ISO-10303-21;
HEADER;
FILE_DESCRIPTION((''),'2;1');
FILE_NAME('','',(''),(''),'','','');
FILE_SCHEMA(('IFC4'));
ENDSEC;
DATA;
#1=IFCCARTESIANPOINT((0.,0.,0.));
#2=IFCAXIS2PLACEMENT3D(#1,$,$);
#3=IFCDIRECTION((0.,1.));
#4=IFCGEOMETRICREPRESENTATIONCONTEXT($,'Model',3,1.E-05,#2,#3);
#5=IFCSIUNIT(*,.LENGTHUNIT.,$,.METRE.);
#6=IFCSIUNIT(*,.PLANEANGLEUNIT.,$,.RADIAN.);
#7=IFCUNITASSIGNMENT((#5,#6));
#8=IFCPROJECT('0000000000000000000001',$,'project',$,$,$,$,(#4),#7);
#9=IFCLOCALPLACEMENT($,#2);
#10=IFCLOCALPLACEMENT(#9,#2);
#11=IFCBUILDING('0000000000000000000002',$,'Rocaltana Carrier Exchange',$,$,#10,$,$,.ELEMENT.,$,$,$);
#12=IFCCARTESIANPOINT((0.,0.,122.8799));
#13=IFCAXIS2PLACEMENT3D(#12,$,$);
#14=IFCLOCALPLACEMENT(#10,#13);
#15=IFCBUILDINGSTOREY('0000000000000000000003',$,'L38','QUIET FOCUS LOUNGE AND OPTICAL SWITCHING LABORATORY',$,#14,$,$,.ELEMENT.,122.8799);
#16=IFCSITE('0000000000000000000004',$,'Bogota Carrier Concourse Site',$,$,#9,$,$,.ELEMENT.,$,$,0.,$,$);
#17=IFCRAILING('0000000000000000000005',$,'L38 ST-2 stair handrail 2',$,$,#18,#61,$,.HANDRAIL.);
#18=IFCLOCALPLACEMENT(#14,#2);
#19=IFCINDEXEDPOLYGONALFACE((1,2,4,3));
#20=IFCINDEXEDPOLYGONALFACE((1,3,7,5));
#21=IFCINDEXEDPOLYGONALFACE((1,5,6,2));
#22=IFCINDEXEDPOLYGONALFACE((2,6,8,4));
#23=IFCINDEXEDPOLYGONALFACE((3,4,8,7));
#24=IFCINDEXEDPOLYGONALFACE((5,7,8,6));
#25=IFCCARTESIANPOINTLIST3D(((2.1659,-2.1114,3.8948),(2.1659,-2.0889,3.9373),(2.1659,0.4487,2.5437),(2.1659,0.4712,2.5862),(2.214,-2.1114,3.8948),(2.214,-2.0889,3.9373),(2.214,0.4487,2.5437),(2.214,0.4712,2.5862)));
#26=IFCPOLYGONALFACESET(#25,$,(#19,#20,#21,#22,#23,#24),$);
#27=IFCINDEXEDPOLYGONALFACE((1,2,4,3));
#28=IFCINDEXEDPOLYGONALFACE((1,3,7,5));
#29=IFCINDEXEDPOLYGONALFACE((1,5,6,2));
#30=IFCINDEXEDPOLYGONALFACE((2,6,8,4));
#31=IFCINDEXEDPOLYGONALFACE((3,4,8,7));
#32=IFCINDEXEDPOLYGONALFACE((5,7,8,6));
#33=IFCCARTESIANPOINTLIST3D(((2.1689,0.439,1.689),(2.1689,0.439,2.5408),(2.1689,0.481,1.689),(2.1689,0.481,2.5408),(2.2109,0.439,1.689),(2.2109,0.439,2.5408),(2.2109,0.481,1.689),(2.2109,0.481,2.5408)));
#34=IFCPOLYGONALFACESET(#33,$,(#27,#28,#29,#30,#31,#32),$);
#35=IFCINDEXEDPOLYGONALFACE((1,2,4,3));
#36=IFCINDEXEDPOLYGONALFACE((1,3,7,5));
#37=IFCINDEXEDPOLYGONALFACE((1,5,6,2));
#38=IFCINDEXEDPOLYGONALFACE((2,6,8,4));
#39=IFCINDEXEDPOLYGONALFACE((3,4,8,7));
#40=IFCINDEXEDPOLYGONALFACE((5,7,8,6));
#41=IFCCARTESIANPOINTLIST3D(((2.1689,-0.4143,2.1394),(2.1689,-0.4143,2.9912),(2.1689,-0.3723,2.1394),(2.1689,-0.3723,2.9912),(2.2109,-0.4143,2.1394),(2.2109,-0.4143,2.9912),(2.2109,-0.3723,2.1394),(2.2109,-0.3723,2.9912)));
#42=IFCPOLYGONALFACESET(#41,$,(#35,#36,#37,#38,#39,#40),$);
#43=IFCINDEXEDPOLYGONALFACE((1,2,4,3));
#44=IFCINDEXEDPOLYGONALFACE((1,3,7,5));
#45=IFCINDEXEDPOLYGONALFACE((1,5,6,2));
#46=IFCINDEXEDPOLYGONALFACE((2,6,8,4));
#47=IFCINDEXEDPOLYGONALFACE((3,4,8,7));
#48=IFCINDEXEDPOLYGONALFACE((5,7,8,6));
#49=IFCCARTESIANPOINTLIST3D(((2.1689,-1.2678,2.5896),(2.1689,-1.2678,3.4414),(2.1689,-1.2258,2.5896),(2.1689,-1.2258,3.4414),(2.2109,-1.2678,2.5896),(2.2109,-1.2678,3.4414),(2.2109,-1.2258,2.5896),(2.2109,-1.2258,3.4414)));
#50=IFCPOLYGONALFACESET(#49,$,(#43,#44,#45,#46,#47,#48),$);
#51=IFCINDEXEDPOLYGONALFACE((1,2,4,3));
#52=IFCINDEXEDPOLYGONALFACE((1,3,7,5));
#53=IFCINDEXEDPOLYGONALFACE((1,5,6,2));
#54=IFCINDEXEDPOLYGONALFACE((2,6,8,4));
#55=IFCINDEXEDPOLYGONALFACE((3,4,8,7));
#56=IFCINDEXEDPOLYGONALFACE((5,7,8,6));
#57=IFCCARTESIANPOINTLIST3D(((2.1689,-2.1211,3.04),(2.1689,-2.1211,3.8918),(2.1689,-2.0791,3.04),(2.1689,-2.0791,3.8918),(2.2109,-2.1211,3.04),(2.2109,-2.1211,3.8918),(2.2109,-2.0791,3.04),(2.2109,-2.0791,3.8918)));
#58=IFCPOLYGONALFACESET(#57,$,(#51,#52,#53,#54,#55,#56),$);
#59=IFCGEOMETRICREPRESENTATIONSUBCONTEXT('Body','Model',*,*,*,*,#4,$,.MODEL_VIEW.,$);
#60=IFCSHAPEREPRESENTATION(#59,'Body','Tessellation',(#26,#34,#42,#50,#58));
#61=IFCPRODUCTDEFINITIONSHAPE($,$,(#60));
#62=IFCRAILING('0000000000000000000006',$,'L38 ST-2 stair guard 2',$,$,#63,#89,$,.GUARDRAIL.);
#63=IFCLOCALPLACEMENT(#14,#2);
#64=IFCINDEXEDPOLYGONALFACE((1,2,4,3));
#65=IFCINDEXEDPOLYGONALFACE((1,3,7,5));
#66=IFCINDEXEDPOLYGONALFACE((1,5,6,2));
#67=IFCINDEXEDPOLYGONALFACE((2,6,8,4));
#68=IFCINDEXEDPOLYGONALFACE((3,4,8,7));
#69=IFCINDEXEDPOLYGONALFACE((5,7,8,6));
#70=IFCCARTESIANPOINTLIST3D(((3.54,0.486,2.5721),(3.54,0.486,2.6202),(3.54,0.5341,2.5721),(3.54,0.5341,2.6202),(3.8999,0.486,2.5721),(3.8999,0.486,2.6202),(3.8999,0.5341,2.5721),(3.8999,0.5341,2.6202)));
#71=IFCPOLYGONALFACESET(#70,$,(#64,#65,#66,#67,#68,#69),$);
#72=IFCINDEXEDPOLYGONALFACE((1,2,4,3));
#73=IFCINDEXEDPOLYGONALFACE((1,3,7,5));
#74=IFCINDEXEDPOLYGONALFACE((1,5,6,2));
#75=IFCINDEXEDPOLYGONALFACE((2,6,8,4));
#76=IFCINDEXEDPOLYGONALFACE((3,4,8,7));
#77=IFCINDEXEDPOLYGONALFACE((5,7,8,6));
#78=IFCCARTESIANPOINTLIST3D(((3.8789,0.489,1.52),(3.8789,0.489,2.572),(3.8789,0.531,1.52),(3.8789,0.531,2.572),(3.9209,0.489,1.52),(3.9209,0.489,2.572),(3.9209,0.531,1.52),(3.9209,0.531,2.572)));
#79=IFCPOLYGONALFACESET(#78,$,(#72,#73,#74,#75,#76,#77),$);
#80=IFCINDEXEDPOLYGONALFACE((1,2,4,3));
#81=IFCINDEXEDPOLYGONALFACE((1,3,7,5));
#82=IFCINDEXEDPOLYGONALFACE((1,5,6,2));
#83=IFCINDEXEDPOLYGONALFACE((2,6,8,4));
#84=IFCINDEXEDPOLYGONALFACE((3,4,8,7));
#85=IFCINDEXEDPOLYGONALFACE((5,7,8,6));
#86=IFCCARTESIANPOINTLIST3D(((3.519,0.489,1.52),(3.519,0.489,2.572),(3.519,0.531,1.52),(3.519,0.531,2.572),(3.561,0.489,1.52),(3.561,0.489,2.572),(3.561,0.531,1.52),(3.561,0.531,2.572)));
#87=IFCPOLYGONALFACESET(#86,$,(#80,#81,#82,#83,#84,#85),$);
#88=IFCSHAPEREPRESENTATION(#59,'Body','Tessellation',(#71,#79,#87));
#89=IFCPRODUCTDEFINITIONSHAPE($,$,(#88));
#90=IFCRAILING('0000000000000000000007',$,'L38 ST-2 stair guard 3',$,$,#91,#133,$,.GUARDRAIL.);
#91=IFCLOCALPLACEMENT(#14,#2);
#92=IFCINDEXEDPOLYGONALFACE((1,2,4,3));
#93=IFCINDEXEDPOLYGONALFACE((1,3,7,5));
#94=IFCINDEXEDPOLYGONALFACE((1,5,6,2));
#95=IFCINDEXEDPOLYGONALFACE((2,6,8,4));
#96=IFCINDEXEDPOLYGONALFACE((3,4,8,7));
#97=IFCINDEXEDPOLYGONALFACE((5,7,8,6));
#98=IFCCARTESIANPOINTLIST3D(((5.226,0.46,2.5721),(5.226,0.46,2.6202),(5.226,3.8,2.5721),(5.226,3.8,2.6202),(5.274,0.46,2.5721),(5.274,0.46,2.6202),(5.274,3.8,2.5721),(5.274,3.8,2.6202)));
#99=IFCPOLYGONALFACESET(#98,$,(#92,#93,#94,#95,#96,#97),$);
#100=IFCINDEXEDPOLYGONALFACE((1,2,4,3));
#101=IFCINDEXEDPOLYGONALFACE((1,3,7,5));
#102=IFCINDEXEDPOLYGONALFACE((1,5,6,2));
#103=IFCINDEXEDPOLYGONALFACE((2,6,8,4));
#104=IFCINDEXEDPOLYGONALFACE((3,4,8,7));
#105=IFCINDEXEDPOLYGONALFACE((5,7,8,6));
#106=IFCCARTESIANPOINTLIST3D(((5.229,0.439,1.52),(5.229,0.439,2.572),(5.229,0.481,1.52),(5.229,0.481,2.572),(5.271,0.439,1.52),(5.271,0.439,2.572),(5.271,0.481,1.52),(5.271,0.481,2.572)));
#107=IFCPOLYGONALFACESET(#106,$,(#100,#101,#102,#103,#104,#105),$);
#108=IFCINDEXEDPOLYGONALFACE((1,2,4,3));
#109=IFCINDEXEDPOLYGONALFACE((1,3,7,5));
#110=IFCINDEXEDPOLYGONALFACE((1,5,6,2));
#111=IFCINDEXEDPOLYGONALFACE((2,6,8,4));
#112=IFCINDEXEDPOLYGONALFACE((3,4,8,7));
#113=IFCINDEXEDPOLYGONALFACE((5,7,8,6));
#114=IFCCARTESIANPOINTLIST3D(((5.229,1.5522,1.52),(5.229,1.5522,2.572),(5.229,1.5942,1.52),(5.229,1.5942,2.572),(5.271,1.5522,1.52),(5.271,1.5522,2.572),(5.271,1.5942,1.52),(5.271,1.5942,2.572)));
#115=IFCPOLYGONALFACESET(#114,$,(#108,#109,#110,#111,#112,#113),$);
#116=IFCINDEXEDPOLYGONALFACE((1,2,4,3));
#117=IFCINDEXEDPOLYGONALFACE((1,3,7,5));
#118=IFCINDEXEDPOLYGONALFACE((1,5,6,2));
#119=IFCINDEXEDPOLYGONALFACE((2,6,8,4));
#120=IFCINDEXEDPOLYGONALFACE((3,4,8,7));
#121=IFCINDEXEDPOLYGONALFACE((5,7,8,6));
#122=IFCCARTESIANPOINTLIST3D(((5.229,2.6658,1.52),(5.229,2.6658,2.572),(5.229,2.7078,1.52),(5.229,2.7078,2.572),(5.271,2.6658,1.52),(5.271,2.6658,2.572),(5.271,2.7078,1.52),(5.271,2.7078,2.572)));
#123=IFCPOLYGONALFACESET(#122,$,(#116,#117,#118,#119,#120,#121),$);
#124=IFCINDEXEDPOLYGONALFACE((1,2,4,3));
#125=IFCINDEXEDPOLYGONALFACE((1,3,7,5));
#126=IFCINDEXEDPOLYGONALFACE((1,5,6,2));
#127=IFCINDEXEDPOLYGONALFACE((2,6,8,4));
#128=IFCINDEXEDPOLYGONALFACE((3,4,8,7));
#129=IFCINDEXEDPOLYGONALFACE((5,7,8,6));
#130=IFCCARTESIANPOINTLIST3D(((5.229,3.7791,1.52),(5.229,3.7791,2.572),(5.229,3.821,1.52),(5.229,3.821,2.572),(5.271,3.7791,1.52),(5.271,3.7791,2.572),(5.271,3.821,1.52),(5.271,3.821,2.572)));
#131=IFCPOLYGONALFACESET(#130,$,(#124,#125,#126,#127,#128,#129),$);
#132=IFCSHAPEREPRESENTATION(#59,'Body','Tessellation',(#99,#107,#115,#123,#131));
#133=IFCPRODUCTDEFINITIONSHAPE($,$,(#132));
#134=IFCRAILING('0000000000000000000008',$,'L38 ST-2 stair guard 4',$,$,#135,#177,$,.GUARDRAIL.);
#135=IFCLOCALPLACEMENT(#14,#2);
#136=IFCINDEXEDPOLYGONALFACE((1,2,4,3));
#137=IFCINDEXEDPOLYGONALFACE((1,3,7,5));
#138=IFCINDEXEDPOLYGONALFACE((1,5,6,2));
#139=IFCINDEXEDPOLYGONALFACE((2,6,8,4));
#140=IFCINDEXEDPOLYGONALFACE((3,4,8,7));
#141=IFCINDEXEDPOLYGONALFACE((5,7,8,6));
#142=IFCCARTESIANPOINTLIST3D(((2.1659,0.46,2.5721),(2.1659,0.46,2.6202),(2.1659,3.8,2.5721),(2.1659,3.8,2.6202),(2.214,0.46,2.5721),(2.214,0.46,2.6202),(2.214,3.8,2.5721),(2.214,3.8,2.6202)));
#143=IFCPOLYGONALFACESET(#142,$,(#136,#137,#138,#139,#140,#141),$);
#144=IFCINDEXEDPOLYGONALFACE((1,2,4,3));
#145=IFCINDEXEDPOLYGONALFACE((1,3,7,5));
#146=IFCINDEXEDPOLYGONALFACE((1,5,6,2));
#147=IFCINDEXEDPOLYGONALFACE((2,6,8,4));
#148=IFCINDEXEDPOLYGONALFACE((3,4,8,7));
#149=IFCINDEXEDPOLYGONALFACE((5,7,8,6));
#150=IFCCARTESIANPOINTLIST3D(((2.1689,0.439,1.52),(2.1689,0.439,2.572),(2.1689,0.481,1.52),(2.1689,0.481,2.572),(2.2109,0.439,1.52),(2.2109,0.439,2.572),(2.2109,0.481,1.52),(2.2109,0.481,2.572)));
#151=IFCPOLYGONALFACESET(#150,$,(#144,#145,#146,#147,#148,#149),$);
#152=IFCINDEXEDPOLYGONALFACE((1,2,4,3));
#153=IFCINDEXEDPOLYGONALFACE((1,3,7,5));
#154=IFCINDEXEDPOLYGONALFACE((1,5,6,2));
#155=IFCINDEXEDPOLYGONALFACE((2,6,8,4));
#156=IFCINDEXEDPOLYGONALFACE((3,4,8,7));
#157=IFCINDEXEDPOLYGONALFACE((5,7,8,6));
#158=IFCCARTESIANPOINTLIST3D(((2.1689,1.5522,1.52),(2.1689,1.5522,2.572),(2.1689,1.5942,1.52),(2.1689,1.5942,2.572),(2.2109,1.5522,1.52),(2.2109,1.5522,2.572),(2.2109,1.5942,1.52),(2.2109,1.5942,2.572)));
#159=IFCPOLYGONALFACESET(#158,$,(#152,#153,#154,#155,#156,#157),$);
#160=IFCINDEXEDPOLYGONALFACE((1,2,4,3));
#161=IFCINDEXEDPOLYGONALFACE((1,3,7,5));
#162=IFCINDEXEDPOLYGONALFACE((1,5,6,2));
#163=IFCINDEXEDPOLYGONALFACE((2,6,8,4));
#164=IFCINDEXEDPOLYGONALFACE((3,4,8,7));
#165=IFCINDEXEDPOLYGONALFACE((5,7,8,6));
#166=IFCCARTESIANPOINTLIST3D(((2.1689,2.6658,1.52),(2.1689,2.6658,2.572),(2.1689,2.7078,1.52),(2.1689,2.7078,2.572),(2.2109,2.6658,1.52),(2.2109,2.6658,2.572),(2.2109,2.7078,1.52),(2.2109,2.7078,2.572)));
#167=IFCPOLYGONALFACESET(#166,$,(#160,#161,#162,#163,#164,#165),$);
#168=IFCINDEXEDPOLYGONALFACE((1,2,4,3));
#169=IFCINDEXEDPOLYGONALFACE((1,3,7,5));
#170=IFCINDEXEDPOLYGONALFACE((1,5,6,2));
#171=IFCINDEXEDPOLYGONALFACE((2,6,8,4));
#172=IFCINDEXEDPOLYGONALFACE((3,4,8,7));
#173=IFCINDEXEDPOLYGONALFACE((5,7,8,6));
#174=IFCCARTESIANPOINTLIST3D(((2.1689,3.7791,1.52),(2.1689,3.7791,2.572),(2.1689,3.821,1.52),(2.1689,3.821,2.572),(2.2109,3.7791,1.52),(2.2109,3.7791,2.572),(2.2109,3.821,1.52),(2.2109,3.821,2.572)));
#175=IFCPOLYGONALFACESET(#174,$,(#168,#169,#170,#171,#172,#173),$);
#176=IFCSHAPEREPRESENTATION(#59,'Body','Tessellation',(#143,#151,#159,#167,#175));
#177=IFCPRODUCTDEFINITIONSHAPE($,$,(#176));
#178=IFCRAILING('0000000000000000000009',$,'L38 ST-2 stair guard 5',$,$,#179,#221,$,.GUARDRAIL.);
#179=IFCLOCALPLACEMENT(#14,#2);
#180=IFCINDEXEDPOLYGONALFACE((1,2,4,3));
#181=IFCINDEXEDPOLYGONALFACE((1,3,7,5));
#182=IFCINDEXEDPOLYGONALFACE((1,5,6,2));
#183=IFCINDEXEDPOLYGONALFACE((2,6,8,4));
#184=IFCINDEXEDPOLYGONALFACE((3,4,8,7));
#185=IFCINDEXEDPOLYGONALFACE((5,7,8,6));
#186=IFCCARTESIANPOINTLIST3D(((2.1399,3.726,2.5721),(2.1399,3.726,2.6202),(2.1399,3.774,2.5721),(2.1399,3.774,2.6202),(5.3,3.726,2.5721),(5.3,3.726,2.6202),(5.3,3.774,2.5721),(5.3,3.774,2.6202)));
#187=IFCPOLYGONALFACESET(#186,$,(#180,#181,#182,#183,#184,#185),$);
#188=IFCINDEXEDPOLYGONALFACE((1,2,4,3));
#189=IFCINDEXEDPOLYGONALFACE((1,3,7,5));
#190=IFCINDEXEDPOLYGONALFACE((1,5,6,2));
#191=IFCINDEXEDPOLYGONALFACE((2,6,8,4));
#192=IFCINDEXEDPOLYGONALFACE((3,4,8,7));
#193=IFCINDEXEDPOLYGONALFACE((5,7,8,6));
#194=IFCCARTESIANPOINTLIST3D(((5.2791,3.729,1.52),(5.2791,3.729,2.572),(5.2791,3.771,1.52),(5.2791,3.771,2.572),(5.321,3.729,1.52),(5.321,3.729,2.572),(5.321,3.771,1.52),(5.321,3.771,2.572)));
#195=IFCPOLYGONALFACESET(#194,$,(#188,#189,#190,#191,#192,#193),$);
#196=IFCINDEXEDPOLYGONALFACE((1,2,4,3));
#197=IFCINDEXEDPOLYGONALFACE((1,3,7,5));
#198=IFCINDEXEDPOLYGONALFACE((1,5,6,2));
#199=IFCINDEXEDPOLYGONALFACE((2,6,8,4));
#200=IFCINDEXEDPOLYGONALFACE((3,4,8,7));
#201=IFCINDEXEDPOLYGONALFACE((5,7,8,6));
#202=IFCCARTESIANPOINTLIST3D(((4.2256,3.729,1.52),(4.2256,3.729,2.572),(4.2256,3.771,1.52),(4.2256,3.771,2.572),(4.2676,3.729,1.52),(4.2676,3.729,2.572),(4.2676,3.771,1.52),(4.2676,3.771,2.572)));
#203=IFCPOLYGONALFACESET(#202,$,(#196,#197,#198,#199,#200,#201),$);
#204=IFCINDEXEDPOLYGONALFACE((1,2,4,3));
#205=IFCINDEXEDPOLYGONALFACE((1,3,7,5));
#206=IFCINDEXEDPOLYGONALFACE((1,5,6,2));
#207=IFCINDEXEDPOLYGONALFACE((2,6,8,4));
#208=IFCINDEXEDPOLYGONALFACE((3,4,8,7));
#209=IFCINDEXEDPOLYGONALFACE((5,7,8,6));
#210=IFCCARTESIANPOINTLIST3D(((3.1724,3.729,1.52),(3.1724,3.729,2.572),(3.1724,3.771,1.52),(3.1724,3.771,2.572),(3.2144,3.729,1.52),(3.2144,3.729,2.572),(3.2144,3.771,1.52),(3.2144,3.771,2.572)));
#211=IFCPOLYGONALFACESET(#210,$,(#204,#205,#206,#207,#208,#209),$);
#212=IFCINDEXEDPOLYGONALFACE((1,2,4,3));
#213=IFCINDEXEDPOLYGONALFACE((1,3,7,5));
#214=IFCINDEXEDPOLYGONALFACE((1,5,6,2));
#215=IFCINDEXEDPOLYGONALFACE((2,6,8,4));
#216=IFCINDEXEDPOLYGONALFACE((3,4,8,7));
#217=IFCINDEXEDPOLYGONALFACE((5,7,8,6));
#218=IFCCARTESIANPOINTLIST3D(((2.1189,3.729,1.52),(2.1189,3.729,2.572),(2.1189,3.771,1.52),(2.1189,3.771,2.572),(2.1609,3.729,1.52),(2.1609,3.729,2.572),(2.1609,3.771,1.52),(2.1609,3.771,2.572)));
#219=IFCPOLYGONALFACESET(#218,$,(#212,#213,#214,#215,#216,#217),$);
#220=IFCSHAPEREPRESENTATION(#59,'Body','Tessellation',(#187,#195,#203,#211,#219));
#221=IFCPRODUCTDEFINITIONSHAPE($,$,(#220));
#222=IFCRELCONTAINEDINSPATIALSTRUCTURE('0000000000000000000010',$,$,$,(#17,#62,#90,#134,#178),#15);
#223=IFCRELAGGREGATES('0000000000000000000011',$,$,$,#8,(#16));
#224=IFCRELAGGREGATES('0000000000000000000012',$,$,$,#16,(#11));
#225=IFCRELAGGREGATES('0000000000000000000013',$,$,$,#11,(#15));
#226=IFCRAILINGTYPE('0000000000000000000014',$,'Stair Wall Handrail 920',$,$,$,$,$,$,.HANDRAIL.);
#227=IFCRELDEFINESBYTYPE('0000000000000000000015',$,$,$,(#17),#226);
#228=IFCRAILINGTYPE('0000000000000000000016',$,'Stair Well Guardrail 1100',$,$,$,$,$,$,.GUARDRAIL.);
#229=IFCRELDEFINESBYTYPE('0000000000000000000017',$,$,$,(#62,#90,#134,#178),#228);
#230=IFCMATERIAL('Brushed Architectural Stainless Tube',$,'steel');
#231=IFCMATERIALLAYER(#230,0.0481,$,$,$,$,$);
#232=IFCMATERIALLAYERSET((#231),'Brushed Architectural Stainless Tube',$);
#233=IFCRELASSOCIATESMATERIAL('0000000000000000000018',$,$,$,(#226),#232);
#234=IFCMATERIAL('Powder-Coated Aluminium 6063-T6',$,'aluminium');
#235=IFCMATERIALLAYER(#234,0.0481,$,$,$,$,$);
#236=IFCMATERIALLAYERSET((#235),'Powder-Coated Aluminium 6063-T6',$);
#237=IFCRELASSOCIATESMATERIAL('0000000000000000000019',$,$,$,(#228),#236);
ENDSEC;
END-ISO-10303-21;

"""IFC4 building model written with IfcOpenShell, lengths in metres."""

from ifc_helpers import new_model, si_unit, direction, frame, origin, origin_2d, place, context, subcontext, project, spatial, rectangle, extrude, material, layer, layer_set, type_object, element, save


model = new_model("IFC4")

# Units and contexts
model_context = context("Model", 3, precision=1e-05, world=origin(), true_north=direction((0.0, 1.0)))
body_context = subcontext(model_context, "Body", "Model", "MODEL_VIEW")
ifc_project = project(units=[si_unit("LENGTHUNIT", "METRE"), si_unit("PLANEANGLEUNIT", "RADIAN")], contexts=[model_context])

# Site, building, storey
site_placement = place(None, origin())
site = spatial("IfcSite", under=ifc_project, at=site_placement, Name="Bogota Carrier Concourse Site", CompositionType="ELEMENT", RefElevation=0.0)
building_placement = place(site_placement, origin())
building = spatial("IfcBuilding", under=site, at=building_placement, Name="Rocaltana Carrier Exchange", CompositionType="ELEMENT")
storey_placement = place(building_placement, frame((0.0, 0.0, 122.8799)))
storey = spatial("IfcBuildingStorey", under=building, at=storey_placement, Name="L38", Description="QUIET FOCUS LOUNGE AND OPTICAL SWITCHING LABORATORY", CompositionType="ELEMENT", Elevation=122.8799)

# Railings
ifc_material_1 = material(Name="Brushed Architectural Stainless Tube", Category="steel")
ifc_layer_1 = layer(ifc_material_1, 0.0481)
ifc_layer_set_1 = layer_set([ifc_layer_1], Name="Brushed Architectural Stainless Tube")
railing_type_1 = type_object("IfcRailingType", Name="Stair Wall Handrail 920", PredefinedType="HANDRAIL", material=ifc_layer_set_1)
railing_1_placement = place(storey_placement, frame((2.1899, 0.46, 1.689)))
element("IfcRailing", 1, at=railing_1_placement, inside=storey, type_object=railing_type_1, Name="L38 ST-2 stair handrail 2", PredefinedType="HANDRAIL", context=body_context, shape_type="SweptSolid", body=[
    extrude(rectangle(XDim=0.0481, YDim=0.0481, at=origin_2d()), frame((0.0, 0.0, 0.876), z_axis=(0.0, -0.884394, 0.46674), x_axis=(1.0, 0.0, 0.0)), (0.0, 0.0, 1.0), 2.8948),
    extrude(rectangle(XDim=0.042, YDim=0.042, at=origin_2d()), origin(), (0.0, 0.0, 1.0), 0.8518),
    extrude(rectangle(XDim=0.042, YDim=0.042, at=origin_2d()), frame((0.0, -0.8533, 0.4504)), (0.0, 0.0, 1.0), 0.8518),
    extrude(rectangle(XDim=0.042, YDim=0.042, at=origin_2d()), frame((0.0, -1.7068, 0.9006)), (0.0, 0.0, 1.0), 0.8518),
    extrude(rectangle(XDim=0.042, YDim=0.042, at=origin_2d()), frame((0.0, -2.5601, 1.3511)), (0.0, 0.0, 1.0), 0.8518),
])
ifc_material_2 = material(Name="Powder-Coated Aluminium 6063-T6", Category="aluminium")
ifc_layer_2 = layer(ifc_material_2, 0.0481)
ifc_layer_set_2 = layer_set([ifc_layer_2], Name="Powder-Coated Aluminium 6063-T6")
railing_type_2 = type_object("IfcRailingType", Name="Stair Well Guardrail 1100", PredefinedType="GUARDRAIL", material=ifc_layer_set_2)
railing_2_placement = place(storey_placement, frame((3.8999, 0.51, 1.52)))
element("IfcRailing", 2, at=railing_2_placement, inside=storey, type_object=railing_type_2, Name="L38 ST-2 stair guard 2", PredefinedType="GUARDRAIL", context=body_context, shape_type="SweptSolid", body=[
    extrude(rectangle(XDim=0.0481, YDim=0.0481, at=origin_2d()), frame((0.0, 0.0, 1.0762), z_axis=(-1.0, 0.0, 0.0), x_axis=(0.0, -1.0, 0.0)), (0.0, 0.0, 1.0), 0.3599),
    extrude(rectangle(XDim=0.042, YDim=0.042, at=origin_2d()), origin(), (0.0, 0.0, 1.0), 1.052),
    extrude(rectangle(XDim=0.042, YDim=0.042, at=origin_2d()), frame((-0.3599, 0.0, 0.0)), (0.0, 0.0, 1.0), 1.052),
])
for number, where, name in (
    (3, (5.25, 0.46, 1.52), "L38 ST-2 stair guard 3"),
    (4, (2.1899, 0.46, 1.52), "L38 ST-2 stair guard 4"),
):
    element("IfcRailing", number, at=place(storey_placement, frame(where)), inside=storey, type_object=railing_type_2, Name=name, PredefinedType="GUARDRAIL", context=body_context, shape_type="SweptSolid", body=[
        extrude(rectangle(XDim=0.0481, YDim=0.0481, at=origin_2d()), frame((0.0, 0.0, 1.0762), z_axis=(0.0, 1.0, 0.0), x_axis=(-1.0, 0.0, 0.0)), (0.0, 0.0, 1.0), 3.3401),
        extrude(rectangle(XDim=0.042, YDim=0.042, at=origin_2d()), origin(), (0.0, 0.0, 1.0), 1.052),
        extrude(rectangle(XDim=0.042, YDim=0.042, at=origin_2d()), frame((0.0, 1.1133, 0.0)), (0.0, 0.0, 1.0), 1.052),
        extrude(rectangle(XDim=0.042, YDim=0.042, at=origin_2d()), frame((0.0, 2.2268, 0.0)), (0.0, 0.0, 1.0), 1.052),
        extrude(rectangle(XDim=0.042, YDim=0.042, at=origin_2d()), frame((0.0, 3.3401, 0.0)), (0.0, 0.0, 1.0), 1.052),
    ])
railing_3_placement = place(storey_placement, frame((5.3, 3.75, 1.52)))
element("IfcRailing", 5, at=railing_3_placement, inside=storey, type_object=railing_type_2, Name="L38 ST-2 stair guard 5", PredefinedType="GUARDRAIL", context=body_context, shape_type="SweptSolid", body=[
    extrude(rectangle(XDim=0.0481, YDim=0.0481, at=origin_2d()), frame((0.0, 0.0, 1.0762), z_axis=(-1.0, 0.0, 0.0), x_axis=(0.0, -1.0, 0.0)), (0.0, 0.0, 1.0), 3.1602),
    extrude(rectangle(XDim=0.042, YDim=0.042, at=origin_2d()), origin(), (0.0, 0.0, 1.0), 1.052),
    extrude(rectangle(XDim=0.042, YDim=0.042, at=origin_2d()), frame((-1.0535, 0.0, 0.0)), (0.0, 0.0, 1.0), 1.052),
    extrude(rectangle(XDim=0.042, YDim=0.042, at=origin_2d()), frame((-2.1067, 0.0, 0.0)), (0.0, 0.0, 1.0), 1.052),
    extrude(rectangle(XDim=0.042, YDim=0.042, at=origin_2d()), frame((-3.1602, 0.0, 0.0)), (0.0, 0.0, 1.0), 1.052),
])

save(model, "model.ifc")
